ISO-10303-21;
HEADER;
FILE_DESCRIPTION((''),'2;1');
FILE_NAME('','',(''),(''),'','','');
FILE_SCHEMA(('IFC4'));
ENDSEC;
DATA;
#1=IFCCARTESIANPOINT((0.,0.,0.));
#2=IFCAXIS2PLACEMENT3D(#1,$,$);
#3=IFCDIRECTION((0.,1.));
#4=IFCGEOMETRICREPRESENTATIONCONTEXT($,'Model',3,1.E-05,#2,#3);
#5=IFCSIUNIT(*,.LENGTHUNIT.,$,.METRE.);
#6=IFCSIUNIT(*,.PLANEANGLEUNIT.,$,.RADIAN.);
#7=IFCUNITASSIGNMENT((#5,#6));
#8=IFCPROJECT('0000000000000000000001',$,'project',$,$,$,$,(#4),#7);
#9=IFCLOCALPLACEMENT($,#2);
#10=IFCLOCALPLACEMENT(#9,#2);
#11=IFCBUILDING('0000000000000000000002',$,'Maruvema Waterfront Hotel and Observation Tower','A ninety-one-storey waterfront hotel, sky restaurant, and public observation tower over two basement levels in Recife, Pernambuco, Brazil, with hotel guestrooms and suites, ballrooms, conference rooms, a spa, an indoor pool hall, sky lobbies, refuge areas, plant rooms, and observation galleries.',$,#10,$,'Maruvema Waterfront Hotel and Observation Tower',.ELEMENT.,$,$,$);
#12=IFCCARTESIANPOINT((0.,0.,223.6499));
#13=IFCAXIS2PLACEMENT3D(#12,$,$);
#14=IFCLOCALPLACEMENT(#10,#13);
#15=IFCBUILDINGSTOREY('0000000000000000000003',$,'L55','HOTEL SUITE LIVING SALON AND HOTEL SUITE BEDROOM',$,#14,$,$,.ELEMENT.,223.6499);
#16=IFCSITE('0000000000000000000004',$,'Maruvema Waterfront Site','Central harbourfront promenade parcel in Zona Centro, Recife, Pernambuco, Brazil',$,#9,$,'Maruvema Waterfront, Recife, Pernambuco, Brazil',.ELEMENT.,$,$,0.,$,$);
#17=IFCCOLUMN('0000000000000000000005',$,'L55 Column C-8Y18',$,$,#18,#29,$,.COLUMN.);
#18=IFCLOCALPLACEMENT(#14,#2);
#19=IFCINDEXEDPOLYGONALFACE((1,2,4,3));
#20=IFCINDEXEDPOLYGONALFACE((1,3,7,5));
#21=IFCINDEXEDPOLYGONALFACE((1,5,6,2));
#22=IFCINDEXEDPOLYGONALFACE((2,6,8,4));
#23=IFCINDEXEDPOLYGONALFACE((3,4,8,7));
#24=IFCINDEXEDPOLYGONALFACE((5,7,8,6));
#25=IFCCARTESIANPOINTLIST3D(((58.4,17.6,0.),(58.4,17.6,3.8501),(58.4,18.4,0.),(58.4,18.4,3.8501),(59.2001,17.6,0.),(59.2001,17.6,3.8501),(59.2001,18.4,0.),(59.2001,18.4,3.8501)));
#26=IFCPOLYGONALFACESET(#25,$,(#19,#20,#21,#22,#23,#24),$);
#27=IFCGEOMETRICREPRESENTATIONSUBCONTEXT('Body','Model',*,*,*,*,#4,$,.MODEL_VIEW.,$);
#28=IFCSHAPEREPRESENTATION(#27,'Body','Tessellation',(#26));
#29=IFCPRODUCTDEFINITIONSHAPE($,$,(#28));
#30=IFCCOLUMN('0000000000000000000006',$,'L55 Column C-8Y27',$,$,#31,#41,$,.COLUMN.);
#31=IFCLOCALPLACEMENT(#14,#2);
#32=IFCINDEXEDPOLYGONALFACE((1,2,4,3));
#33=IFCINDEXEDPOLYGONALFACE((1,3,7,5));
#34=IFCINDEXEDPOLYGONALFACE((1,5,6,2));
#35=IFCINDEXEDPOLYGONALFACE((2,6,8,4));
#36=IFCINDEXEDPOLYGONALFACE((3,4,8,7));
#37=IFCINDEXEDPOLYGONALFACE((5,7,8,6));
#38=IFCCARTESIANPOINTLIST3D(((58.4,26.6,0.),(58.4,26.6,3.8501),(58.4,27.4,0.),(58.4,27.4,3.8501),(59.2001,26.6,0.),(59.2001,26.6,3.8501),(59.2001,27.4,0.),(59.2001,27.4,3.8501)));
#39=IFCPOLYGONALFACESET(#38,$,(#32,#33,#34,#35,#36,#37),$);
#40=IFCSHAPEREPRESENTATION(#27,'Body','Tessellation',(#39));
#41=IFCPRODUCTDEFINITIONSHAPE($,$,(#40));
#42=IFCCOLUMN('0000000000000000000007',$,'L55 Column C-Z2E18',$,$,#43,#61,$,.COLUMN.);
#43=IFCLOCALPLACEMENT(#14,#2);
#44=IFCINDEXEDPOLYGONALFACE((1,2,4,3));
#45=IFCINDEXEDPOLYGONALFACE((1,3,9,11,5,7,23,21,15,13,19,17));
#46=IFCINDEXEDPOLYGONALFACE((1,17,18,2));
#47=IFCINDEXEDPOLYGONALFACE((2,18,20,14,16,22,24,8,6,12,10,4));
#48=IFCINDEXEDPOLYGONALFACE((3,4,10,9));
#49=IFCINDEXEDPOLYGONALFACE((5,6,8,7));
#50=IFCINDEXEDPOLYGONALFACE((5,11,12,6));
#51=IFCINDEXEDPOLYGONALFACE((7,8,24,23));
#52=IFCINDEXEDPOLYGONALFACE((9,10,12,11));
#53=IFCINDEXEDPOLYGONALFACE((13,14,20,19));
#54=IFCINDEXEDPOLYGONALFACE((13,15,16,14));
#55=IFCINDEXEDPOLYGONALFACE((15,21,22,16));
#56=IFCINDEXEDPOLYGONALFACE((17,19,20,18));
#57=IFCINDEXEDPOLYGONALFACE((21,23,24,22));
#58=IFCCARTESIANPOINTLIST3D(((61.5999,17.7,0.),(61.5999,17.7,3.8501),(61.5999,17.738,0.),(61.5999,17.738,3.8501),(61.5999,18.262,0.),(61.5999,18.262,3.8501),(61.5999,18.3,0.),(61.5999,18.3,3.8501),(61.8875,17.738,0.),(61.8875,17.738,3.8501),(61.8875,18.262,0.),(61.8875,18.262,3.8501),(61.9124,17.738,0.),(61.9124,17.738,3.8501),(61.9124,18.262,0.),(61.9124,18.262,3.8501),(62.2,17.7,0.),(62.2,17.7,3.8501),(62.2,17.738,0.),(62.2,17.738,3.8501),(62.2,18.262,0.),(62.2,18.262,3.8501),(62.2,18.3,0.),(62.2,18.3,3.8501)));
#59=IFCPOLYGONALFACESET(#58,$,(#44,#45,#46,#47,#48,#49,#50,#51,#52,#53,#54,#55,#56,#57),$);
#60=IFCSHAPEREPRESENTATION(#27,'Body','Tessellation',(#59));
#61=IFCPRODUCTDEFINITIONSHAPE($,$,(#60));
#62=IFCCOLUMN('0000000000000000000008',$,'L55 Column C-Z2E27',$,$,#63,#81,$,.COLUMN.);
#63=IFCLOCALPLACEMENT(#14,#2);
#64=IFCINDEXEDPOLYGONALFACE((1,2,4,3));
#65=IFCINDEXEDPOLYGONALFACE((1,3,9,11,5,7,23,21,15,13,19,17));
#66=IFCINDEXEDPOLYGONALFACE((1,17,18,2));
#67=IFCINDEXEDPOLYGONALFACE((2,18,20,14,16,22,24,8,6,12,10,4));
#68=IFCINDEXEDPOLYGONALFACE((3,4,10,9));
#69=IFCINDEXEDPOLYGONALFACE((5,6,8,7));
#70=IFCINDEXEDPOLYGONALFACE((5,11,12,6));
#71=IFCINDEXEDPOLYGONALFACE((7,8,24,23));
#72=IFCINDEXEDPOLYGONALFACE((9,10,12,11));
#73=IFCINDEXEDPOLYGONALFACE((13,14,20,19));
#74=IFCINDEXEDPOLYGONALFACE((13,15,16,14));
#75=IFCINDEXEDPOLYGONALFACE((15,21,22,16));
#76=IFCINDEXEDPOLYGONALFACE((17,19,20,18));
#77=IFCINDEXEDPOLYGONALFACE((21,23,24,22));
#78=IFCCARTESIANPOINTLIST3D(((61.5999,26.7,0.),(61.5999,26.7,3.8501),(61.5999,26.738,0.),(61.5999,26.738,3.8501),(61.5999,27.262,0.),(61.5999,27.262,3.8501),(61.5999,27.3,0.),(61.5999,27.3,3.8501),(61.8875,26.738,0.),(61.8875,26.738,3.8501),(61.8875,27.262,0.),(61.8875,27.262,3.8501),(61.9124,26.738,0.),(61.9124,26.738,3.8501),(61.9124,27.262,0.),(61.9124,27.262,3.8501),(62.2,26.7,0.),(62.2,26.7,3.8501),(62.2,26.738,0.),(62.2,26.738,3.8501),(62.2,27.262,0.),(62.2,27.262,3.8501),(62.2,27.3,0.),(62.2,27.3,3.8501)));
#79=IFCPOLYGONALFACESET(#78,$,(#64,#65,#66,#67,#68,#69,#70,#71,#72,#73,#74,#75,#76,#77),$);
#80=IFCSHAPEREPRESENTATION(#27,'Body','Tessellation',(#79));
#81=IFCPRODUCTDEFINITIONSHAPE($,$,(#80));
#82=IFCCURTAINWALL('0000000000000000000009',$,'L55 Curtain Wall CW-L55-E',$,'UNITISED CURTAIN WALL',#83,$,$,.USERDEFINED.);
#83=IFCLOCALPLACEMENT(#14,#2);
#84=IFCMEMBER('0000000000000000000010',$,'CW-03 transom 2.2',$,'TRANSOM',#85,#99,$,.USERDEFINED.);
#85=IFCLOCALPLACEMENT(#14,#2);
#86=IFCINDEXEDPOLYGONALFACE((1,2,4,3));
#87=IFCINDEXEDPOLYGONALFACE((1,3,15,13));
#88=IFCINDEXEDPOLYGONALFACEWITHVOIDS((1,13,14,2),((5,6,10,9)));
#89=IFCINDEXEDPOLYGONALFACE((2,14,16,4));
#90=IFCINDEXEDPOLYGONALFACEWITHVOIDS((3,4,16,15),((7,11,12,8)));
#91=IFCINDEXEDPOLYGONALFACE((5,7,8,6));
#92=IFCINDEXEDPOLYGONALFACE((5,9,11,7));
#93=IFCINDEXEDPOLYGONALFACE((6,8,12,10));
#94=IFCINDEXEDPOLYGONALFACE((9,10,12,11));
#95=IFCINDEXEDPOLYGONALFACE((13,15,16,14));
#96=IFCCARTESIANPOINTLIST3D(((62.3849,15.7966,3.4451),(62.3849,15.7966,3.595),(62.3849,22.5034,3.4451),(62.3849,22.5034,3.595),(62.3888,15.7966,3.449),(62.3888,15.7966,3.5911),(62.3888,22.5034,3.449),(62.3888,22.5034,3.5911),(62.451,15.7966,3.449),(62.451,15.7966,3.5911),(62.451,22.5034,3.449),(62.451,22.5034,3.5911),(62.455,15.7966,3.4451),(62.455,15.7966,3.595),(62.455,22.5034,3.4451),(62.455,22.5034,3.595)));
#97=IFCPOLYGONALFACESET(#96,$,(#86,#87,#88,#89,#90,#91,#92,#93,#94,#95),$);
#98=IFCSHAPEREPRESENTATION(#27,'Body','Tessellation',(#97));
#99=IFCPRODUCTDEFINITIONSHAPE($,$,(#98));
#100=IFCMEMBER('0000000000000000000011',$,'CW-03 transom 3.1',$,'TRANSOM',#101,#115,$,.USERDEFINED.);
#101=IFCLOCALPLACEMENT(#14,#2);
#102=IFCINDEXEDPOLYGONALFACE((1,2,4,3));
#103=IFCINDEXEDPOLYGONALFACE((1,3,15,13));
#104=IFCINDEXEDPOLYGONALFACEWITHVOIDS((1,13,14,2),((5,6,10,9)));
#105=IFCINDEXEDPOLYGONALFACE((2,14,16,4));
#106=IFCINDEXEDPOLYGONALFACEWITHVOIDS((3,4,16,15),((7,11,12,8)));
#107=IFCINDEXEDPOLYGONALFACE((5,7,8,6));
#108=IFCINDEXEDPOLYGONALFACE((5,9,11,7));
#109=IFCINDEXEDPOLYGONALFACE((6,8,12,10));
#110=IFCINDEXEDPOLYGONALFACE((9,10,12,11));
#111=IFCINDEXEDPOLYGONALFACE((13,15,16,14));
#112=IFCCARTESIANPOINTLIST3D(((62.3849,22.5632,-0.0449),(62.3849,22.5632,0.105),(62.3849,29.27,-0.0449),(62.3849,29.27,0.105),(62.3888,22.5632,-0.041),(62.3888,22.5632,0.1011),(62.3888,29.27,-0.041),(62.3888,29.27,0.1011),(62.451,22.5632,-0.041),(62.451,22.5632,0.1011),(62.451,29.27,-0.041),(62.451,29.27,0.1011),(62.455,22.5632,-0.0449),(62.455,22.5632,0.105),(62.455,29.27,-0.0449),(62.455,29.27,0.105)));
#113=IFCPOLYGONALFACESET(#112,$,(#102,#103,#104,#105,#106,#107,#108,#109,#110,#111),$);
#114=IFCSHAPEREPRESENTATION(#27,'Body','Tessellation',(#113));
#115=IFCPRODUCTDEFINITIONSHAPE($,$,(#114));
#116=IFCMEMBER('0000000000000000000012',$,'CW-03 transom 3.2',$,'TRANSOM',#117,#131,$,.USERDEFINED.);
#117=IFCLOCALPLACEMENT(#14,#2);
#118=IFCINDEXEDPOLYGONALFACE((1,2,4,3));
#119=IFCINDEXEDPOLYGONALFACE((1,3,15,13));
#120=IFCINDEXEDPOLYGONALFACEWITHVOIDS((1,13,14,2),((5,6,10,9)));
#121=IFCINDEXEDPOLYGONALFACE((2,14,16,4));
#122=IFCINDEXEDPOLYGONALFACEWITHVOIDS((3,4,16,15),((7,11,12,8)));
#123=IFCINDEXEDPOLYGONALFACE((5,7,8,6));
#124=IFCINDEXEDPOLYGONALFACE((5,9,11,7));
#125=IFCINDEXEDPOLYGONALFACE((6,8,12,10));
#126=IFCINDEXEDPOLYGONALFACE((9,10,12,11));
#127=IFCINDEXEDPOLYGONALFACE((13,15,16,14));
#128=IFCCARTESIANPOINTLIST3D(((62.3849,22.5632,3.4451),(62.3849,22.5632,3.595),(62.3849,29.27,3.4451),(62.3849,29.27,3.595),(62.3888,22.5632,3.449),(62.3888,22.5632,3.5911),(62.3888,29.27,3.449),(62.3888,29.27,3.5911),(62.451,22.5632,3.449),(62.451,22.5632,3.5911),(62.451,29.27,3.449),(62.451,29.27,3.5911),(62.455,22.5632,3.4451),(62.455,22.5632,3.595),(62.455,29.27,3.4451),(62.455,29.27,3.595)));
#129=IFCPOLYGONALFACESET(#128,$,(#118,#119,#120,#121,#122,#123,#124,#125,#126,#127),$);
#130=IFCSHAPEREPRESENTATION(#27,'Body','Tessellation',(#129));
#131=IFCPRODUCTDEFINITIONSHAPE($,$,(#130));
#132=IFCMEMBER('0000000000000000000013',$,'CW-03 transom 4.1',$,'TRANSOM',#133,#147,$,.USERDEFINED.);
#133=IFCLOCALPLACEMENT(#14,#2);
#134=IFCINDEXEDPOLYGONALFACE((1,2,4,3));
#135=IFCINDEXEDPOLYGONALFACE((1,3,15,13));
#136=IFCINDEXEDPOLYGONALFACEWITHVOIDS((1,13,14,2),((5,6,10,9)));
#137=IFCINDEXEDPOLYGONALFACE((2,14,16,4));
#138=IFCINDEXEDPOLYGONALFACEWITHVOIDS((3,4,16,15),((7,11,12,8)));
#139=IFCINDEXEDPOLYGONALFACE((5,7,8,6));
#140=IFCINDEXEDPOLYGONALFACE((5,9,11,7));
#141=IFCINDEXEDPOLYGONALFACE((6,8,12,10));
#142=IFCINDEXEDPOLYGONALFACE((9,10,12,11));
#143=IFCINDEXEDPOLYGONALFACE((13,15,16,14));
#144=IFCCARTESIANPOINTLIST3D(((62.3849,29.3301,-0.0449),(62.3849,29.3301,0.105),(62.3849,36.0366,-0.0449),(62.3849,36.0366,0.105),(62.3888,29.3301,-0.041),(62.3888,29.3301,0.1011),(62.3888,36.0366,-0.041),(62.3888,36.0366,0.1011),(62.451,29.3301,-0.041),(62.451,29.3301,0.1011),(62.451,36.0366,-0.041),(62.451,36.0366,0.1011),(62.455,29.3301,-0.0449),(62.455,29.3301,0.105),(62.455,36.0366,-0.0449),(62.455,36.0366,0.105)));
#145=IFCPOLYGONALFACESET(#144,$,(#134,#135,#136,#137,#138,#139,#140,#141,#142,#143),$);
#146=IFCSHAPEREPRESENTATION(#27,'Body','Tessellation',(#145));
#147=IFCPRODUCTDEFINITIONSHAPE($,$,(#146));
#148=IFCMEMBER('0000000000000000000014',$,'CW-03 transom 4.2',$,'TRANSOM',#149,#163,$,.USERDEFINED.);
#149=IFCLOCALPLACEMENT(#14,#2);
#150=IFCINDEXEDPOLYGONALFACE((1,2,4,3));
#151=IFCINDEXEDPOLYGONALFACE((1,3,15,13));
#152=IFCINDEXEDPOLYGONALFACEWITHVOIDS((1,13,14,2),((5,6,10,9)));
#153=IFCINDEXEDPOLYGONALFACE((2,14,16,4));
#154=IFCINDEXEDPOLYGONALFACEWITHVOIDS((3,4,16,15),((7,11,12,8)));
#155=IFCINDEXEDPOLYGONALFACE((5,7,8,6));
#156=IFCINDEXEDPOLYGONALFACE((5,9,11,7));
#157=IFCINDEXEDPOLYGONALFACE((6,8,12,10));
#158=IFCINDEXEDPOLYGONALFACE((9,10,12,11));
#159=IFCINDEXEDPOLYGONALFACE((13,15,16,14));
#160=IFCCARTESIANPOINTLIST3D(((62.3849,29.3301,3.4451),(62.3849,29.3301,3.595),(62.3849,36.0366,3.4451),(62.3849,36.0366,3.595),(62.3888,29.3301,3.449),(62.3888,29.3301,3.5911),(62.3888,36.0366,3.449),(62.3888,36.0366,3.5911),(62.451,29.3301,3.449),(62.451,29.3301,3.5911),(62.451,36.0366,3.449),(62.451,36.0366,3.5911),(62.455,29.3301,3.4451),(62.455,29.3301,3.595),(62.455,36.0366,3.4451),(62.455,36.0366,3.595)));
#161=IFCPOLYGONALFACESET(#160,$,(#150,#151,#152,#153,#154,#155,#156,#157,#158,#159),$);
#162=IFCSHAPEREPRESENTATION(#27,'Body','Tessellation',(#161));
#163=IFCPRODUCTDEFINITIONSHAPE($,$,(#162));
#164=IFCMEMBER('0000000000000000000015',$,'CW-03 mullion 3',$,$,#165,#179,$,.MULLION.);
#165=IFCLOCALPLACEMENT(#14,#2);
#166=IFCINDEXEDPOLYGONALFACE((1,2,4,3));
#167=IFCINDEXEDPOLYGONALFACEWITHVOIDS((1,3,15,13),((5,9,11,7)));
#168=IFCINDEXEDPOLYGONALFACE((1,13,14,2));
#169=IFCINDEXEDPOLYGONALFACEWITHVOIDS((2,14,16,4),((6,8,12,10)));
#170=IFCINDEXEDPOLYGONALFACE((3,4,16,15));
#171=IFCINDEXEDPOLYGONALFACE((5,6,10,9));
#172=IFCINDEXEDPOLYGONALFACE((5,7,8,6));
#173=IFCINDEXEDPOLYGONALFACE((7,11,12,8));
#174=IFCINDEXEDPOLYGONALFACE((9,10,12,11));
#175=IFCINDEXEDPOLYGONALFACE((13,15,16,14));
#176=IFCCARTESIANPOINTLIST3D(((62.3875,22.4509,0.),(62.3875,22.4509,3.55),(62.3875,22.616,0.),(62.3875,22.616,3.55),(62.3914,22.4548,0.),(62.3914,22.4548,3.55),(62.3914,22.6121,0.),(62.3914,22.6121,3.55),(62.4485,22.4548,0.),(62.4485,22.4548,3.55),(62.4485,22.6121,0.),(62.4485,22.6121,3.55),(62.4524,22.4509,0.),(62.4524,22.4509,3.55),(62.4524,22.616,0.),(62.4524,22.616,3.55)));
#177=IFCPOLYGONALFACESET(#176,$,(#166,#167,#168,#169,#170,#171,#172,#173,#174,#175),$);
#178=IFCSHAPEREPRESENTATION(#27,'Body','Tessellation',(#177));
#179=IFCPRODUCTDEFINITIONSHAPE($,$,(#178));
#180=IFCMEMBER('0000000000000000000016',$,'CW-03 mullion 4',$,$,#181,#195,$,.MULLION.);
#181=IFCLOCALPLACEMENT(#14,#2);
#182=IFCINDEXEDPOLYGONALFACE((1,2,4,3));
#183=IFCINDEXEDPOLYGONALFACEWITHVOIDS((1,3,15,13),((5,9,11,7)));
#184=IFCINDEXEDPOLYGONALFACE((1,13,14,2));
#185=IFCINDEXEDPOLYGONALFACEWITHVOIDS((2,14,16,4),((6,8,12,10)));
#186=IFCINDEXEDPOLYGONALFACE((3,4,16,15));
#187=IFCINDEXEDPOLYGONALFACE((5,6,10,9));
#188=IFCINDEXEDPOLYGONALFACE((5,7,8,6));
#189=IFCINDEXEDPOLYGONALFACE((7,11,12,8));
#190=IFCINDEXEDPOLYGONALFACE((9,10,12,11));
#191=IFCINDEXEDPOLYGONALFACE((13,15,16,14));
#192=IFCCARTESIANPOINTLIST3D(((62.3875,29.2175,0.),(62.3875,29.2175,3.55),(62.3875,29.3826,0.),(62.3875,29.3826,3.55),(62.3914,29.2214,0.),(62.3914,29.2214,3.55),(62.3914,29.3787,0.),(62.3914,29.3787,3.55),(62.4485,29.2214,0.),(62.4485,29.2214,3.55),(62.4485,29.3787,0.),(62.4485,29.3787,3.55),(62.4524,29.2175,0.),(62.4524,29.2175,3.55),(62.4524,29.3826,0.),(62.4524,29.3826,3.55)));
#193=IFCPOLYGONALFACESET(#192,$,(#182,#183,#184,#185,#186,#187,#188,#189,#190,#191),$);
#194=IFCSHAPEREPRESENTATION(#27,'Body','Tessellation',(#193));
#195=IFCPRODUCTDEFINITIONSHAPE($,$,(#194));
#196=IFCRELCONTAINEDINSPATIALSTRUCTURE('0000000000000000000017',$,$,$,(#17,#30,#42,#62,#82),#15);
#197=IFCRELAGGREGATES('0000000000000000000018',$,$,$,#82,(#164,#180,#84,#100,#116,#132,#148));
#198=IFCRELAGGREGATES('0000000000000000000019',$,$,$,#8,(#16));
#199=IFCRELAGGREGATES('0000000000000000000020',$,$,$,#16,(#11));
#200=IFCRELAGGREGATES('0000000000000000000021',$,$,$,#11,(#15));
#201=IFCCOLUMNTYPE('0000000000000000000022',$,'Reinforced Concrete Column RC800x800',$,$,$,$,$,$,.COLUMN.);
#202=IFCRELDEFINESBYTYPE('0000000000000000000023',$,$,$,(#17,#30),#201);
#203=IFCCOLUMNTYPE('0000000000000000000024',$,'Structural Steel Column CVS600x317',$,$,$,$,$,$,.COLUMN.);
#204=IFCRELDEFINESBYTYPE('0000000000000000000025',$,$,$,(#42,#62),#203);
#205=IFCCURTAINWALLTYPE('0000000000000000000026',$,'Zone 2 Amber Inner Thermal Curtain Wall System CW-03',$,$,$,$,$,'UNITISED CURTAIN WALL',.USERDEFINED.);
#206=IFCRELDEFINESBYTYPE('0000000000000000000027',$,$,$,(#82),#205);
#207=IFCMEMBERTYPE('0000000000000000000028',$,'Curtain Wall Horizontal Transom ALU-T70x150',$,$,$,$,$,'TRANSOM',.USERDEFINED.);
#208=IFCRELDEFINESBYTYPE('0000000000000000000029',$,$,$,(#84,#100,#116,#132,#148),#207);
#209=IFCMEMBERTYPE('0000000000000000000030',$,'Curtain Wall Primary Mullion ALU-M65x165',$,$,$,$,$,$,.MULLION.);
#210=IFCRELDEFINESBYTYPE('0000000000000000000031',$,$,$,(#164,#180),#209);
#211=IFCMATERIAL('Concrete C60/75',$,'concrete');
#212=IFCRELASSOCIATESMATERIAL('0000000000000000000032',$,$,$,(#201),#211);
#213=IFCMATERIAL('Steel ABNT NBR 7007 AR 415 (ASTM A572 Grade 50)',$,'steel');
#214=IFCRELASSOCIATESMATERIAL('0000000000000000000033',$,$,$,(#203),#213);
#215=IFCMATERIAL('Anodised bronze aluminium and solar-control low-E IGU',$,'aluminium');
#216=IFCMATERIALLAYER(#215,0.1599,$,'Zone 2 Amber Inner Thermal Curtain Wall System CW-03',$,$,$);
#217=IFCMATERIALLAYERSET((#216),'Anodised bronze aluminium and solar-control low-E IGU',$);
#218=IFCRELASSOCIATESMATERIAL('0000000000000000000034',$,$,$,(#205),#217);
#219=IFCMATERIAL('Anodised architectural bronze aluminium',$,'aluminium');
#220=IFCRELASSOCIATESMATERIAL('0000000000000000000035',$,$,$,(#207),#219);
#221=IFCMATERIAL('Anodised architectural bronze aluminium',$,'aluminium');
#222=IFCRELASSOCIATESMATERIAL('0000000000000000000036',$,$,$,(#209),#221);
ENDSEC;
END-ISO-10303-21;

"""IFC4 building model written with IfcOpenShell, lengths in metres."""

from ifc_helpers import new_model, si_unit, direction, frame, origin, origin_2d, place, context, subcontext, project, spatial, rectangle, hollow_rectangle, i_section, extrude, material, layer, layer_set, material_profile, profile_set, type_object, element, aggregate, save


model = new_model("IFC4")

# Units and contexts
model_context = context("Model", 3, precision=1e-05, world=origin(), true_north=direction((0.0, 1.0)))
body_context = subcontext(model_context, "Body", "Model", "MODEL_VIEW")
ifc_project = project(units=[si_unit("LENGTHUNIT", "METRE"), si_unit("PLANEANGLEUNIT", "RADIAN")], contexts=[model_context])

# Site, building, storey
site_placement = place(None, origin())
site = spatial("IfcSite", under=ifc_project, at=site_placement, Name="Maruvema Waterfront Site", Description="Central harbourfront promenade parcel in Zona Centro, Recife, Pernambuco, Brazil", LongName="Maruvema Waterfront, Recife, Pernambuco, Brazil", CompositionType="ELEMENT", RefElevation=0.0)
building_placement = place(site_placement, origin())
building = spatial("IfcBuilding", under=site, at=building_placement, Name="Maruvema Waterfront Hotel and Observation Tower", Description="A ninety-one-storey waterfront hotel, sky restaurant, and public observation tower over two basement levels in Recife, Pernambuco, Brazil, with hotel guestrooms and suites, ballrooms, conference rooms, a spa, an indoor pool hall, sky lobbies, refuge areas, plant rooms, and observation galleries.", LongName="Maruvema Waterfront Hotel and Observation Tower", CompositionType="ELEMENT")
storey_placement = place(building_placement, frame((0.0, 0.0, 223.6499)))
storey = spatial("IfcBuildingStorey", under=building, at=storey_placement, Name="L55", Description="HOTEL SUITE LIVING SALON AND HOTEL SUITE BEDROOM", CompositionType="ELEMENT", Elevation=223.6499)

# Columns
ifc_material_1 = material(Name="Concrete C60/75", Category="concrete")
ifc_material_profile_1 = material_profile(ifc_material_1, rectangle(XDim=0.8, YDim=0.8, at=origin_2d()), Name="RC800x800")
ifc_profile_set_1 = profile_set([ifc_material_profile_1], Name="Concrete C60/75")
column_type_1 = type_object("IfcColumnType", Name="Reinforced Concrete Column RC800x800", PredefinedType="COLUMN", material=ifc_profile_set_1)
for number, where, z_axis, x_axis, name in (
    (1, (58.8, 18.0, 0.0), (0.0, 0.0, 1.0), (1.0, 0.0, 0.0), "L55 Column C-8Y18"),
    (2, (58.8, 27.0, 0.0), (0.0, 0.0, 1.0), (1.0, 0.0, 0.0), "L55 Column C-8Y27"),
):
    element("IfcColumn", number, at=place(storey_placement, frame(where, z_axis=z_axis, x_axis=x_axis)), inside=storey, type_object=column_type_1, Name=name, PredefinedType="COLUMN", context=body_context, shape_type="SweptSolid", body=[
        extrude(rectangle(XDim=0.8, YDim=0.8, at=origin_2d()), origin(), (0.0, 0.0, 1.0), 3.8501),
    ])
ifc_material_2 = material(Name="Steel ABNT NBR 7007 AR 415 (ASTM A572 Grade 50)", Category="steel")
ifc_material_profile_2 = material_profile(ifc_material_2, i_section(OverallWidth=0.6001, OverallDepth=0.6001, WebThickness=0.0249, FlangeThickness=0.0381, at=origin_2d()), Name="CVS600x317")
ifc_profile_set_2 = profile_set([ifc_material_profile_2], Name="Steel ABNT NBR 7007 AR 415 (ASTM A572 Grade 50)")
column_type_2 = type_object("IfcColumnType", Name="Structural Steel Column CVS600x317", PredefinedType="COLUMN", material=ifc_profile_set_2)
for number, where, z_axis, x_axis, name in (
    (3, (61.8999, 18.0, 0.0), (0.0, 0.0, 1.0), (1.0, 0.0, 0.0), "L55 Column C-Z2E18"),
    (4, (61.8999, 27.0, 0.0), (0.0, 0.0, 1.0), (1.0, 0.0, 0.0), "L55 Column C-Z2E27"),
):
    element("IfcColumn", number, at=place(storey_placement, frame(where, z_axis=z_axis, x_axis=x_axis)), inside=storey, type_object=column_type_2, Name=name, PredefinedType="COLUMN", context=body_context, shape_type="SweptSolid", body=[
        extrude(i_section(OverallWidth=0.6001, OverallDepth=0.6001, WebThickness=0.0249, FlangeThickness=0.0381, at=origin_2d()), origin(), (0.0, 0.0, 1.0), 3.8501),
    ])

# Curtain wall, members
ifc_material_3 = material(Name="Anodised bronze aluminium and solar-control low-E IGU", Category="aluminium")
ifc_layer_1 = layer(ifc_material_3, 0.1599, Name="Zone 2 Amber Inner Thermal Curtain Wall System CW-03")
ifc_layer_set_1 = layer_set([ifc_layer_1], Name="Anodised bronze aluminium and solar-control low-E IGU")
curtain_wall_type = type_object("IfcCurtainWallType", Name="Zone 2 Amber Inner Thermal Curtain Wall System CW-03", ElementType="UNITISED CURTAIN WALL", PredefinedType="USERDEFINED", material=ifc_layer_set_1)
curtain_wall_placement = place(storey_placement, origin())
curtain_wall = element("IfcCurtainWall", 5, at=curtain_wall_placement, inside=storey, type_object=curtain_wall_type, Name="L55 Curtain Wall CW-L55-E", ObjectType="UNITISED CURTAIN WALL", PredefinedType="USERDEFINED")
ifc_material_4 = material(Name="Anodised architectural bronze aluminium", Category="aluminium")
ifc_material_profile_3 = material_profile(ifc_material_4, hollow_rectangle(XDim=0.0701, YDim=0.1499, WallThickness=0.0039, at=origin_2d()), Name="ALU-T70x150")
ifc_profile_set_3 = profile_set([ifc_material_profile_3], Name="Anodised architectural bronze aluminium")
member_type_1 = type_object("IfcMemberType", Name="Curtain Wall Horizontal Transom ALU-T70x150", ElementType="TRANSOM", PredefinedType="USERDEFINED", material=ifc_profile_set_3)
member_1_placement = place(storey_placement, frame((62.4199, 15.7966, 3.52), z_axis=(0.0, 1.0, 0.0), x_axis=(-1.0, 0.0, 0.0)))
member_1 = element("IfcMember", 6, at=member_1_placement, type_object=member_type_1, Name="CW-03 transom 2.2", ObjectType="TRANSOM", PredefinedType="USERDEFINED", context=body_context, shape_type="SweptSolid", body=[
    extrude(hollow_rectangle(XDim=0.0701, YDim=0.1499, WallThickness=0.0039, at=origin_2d()), origin(), (0.0, 0.0, 1.0), 6.7068),
])
member_2_placement = place(storey_placement, frame((62.4199, 22.5632, 0.03), z_axis=(0.0, 1.0, 0.0), x_axis=(-1.0, 0.0, 0.0)))
member_2 = element("IfcMember", 7, at=member_2_placement, type_object=member_type_1, Name="CW-03 transom 3.1", ObjectType="TRANSOM", PredefinedType="USERDEFINED", context=body_context, shape_type="SweptSolid", body=[
    extrude(hollow_rectangle(XDim=0.0701, YDim=0.1499, WallThickness=0.0039, at=origin_2d()), origin(), (0.0, 0.0, 1.0), 6.7068),
])
member_3_placement = place(storey_placement, frame((62.4199, 22.5632, 3.52), z_axis=(0.0, 1.0, 0.0), x_axis=(-1.0, 0.0, 0.0)))
member_3 = element("IfcMember", 8, at=member_3_placement, type_object=member_type_1, Name="CW-03 transom 3.2", ObjectType="TRANSOM", PredefinedType="USERDEFINED", context=body_context, shape_type="SweptSolid", body=[
    extrude(hollow_rectangle(XDim=0.0701, YDim=0.1499, WallThickness=0.0039, at=origin_2d()), origin(), (0.0, 0.0, 1.0), 6.7068),
])
member_4_placement = place(storey_placement, frame((62.4199, 29.3301, 0.03), z_axis=(0.0, 1.0, 0.0), x_axis=(-1.0, 0.0, 0.0)))
member_4 = element("IfcMember", 9, at=member_4_placement, type_object=member_type_1, Name="CW-03 transom 4.1", ObjectType="TRANSOM", PredefinedType="USERDEFINED", context=body_context, shape_type="SweptSolid", body=[
    extrude(hollow_rectangle(XDim=0.0701, YDim=0.1499, WallThickness=0.0039, at=origin_2d()), origin(), (0.0, 0.0, 1.0), 6.7065),
])
member_5_placement = place(storey_placement, frame((62.4199, 29.3301, 3.52), z_axis=(0.0, 1.0, 0.0), x_axis=(-1.0, 0.0, 0.0)))
member_5 = element("IfcMember", 10, at=member_5_placement, type_object=member_type_1, Name="CW-03 transom 4.2", ObjectType="TRANSOM", PredefinedType="USERDEFINED", context=body_context, shape_type="SweptSolid", body=[
    extrude(hollow_rectangle(XDim=0.0701, YDim=0.1499, WallThickness=0.0039, at=origin_2d()), origin(), (0.0, 0.0, 1.0), 6.7065),
])
ifc_material_5 = material(Name="Anodised architectural bronze aluminium", Category="aluminium")
ifc_material_profile_4 = material_profile(ifc_material_5, hollow_rectangle(XDim=0.0649, YDim=0.165, WallThickness=0.0039, at=origin_2d()), Name="ALU-M65x165")
ifc_profile_set_4 = profile_set([ifc_material_profile_4], Name="Anodised architectural bronze aluminium")
member_type_2 = type_object("IfcMemberType", Name="Curtain Wall Primary Mullion ALU-M65x165", PredefinedType="MULLION", material=ifc_profile_set_4)
member_6_placement = place(storey_placement, frame((62.4199, 22.5334, 0.0), z_axis=(0.0, 0.0, 1.0), x_axis=(-1.0, 0.0, 0.0)))
member_6 = element("IfcMember", 11, at=member_6_placement, type_object=member_type_2, Name="CW-03 mullion 3", PredefinedType="MULLION", context=body_context, shape_type="SweptSolid", body=[
    extrude(hollow_rectangle(XDim=0.0649, YDim=0.165, WallThickness=0.0039, at=origin_2d()), origin(), (0.0, 0.0, 1.0), 3.55),
])
member_7_placement = place(storey_placement, frame((62.4199, 29.3, 0.0), z_axis=(0.0, 0.0, 1.0), x_axis=(-1.0, 0.0, 0.0)))
member_7 = element("IfcMember", 12, at=member_7_placement, type_object=member_type_2, Name="CW-03 mullion 4", PredefinedType="MULLION", context=body_context, shape_type="SweptSolid", body=[
    extrude(hollow_rectangle(XDim=0.0649, YDim=0.165, WallThickness=0.0039, at=origin_2d()), origin(), (0.0, 0.0, 1.0), 3.55),
])

aggregate(curtain_wall, [member_6, member_7, member_1, member_2, member_3, member_4, member_5])

save(model, "model.ifc")
